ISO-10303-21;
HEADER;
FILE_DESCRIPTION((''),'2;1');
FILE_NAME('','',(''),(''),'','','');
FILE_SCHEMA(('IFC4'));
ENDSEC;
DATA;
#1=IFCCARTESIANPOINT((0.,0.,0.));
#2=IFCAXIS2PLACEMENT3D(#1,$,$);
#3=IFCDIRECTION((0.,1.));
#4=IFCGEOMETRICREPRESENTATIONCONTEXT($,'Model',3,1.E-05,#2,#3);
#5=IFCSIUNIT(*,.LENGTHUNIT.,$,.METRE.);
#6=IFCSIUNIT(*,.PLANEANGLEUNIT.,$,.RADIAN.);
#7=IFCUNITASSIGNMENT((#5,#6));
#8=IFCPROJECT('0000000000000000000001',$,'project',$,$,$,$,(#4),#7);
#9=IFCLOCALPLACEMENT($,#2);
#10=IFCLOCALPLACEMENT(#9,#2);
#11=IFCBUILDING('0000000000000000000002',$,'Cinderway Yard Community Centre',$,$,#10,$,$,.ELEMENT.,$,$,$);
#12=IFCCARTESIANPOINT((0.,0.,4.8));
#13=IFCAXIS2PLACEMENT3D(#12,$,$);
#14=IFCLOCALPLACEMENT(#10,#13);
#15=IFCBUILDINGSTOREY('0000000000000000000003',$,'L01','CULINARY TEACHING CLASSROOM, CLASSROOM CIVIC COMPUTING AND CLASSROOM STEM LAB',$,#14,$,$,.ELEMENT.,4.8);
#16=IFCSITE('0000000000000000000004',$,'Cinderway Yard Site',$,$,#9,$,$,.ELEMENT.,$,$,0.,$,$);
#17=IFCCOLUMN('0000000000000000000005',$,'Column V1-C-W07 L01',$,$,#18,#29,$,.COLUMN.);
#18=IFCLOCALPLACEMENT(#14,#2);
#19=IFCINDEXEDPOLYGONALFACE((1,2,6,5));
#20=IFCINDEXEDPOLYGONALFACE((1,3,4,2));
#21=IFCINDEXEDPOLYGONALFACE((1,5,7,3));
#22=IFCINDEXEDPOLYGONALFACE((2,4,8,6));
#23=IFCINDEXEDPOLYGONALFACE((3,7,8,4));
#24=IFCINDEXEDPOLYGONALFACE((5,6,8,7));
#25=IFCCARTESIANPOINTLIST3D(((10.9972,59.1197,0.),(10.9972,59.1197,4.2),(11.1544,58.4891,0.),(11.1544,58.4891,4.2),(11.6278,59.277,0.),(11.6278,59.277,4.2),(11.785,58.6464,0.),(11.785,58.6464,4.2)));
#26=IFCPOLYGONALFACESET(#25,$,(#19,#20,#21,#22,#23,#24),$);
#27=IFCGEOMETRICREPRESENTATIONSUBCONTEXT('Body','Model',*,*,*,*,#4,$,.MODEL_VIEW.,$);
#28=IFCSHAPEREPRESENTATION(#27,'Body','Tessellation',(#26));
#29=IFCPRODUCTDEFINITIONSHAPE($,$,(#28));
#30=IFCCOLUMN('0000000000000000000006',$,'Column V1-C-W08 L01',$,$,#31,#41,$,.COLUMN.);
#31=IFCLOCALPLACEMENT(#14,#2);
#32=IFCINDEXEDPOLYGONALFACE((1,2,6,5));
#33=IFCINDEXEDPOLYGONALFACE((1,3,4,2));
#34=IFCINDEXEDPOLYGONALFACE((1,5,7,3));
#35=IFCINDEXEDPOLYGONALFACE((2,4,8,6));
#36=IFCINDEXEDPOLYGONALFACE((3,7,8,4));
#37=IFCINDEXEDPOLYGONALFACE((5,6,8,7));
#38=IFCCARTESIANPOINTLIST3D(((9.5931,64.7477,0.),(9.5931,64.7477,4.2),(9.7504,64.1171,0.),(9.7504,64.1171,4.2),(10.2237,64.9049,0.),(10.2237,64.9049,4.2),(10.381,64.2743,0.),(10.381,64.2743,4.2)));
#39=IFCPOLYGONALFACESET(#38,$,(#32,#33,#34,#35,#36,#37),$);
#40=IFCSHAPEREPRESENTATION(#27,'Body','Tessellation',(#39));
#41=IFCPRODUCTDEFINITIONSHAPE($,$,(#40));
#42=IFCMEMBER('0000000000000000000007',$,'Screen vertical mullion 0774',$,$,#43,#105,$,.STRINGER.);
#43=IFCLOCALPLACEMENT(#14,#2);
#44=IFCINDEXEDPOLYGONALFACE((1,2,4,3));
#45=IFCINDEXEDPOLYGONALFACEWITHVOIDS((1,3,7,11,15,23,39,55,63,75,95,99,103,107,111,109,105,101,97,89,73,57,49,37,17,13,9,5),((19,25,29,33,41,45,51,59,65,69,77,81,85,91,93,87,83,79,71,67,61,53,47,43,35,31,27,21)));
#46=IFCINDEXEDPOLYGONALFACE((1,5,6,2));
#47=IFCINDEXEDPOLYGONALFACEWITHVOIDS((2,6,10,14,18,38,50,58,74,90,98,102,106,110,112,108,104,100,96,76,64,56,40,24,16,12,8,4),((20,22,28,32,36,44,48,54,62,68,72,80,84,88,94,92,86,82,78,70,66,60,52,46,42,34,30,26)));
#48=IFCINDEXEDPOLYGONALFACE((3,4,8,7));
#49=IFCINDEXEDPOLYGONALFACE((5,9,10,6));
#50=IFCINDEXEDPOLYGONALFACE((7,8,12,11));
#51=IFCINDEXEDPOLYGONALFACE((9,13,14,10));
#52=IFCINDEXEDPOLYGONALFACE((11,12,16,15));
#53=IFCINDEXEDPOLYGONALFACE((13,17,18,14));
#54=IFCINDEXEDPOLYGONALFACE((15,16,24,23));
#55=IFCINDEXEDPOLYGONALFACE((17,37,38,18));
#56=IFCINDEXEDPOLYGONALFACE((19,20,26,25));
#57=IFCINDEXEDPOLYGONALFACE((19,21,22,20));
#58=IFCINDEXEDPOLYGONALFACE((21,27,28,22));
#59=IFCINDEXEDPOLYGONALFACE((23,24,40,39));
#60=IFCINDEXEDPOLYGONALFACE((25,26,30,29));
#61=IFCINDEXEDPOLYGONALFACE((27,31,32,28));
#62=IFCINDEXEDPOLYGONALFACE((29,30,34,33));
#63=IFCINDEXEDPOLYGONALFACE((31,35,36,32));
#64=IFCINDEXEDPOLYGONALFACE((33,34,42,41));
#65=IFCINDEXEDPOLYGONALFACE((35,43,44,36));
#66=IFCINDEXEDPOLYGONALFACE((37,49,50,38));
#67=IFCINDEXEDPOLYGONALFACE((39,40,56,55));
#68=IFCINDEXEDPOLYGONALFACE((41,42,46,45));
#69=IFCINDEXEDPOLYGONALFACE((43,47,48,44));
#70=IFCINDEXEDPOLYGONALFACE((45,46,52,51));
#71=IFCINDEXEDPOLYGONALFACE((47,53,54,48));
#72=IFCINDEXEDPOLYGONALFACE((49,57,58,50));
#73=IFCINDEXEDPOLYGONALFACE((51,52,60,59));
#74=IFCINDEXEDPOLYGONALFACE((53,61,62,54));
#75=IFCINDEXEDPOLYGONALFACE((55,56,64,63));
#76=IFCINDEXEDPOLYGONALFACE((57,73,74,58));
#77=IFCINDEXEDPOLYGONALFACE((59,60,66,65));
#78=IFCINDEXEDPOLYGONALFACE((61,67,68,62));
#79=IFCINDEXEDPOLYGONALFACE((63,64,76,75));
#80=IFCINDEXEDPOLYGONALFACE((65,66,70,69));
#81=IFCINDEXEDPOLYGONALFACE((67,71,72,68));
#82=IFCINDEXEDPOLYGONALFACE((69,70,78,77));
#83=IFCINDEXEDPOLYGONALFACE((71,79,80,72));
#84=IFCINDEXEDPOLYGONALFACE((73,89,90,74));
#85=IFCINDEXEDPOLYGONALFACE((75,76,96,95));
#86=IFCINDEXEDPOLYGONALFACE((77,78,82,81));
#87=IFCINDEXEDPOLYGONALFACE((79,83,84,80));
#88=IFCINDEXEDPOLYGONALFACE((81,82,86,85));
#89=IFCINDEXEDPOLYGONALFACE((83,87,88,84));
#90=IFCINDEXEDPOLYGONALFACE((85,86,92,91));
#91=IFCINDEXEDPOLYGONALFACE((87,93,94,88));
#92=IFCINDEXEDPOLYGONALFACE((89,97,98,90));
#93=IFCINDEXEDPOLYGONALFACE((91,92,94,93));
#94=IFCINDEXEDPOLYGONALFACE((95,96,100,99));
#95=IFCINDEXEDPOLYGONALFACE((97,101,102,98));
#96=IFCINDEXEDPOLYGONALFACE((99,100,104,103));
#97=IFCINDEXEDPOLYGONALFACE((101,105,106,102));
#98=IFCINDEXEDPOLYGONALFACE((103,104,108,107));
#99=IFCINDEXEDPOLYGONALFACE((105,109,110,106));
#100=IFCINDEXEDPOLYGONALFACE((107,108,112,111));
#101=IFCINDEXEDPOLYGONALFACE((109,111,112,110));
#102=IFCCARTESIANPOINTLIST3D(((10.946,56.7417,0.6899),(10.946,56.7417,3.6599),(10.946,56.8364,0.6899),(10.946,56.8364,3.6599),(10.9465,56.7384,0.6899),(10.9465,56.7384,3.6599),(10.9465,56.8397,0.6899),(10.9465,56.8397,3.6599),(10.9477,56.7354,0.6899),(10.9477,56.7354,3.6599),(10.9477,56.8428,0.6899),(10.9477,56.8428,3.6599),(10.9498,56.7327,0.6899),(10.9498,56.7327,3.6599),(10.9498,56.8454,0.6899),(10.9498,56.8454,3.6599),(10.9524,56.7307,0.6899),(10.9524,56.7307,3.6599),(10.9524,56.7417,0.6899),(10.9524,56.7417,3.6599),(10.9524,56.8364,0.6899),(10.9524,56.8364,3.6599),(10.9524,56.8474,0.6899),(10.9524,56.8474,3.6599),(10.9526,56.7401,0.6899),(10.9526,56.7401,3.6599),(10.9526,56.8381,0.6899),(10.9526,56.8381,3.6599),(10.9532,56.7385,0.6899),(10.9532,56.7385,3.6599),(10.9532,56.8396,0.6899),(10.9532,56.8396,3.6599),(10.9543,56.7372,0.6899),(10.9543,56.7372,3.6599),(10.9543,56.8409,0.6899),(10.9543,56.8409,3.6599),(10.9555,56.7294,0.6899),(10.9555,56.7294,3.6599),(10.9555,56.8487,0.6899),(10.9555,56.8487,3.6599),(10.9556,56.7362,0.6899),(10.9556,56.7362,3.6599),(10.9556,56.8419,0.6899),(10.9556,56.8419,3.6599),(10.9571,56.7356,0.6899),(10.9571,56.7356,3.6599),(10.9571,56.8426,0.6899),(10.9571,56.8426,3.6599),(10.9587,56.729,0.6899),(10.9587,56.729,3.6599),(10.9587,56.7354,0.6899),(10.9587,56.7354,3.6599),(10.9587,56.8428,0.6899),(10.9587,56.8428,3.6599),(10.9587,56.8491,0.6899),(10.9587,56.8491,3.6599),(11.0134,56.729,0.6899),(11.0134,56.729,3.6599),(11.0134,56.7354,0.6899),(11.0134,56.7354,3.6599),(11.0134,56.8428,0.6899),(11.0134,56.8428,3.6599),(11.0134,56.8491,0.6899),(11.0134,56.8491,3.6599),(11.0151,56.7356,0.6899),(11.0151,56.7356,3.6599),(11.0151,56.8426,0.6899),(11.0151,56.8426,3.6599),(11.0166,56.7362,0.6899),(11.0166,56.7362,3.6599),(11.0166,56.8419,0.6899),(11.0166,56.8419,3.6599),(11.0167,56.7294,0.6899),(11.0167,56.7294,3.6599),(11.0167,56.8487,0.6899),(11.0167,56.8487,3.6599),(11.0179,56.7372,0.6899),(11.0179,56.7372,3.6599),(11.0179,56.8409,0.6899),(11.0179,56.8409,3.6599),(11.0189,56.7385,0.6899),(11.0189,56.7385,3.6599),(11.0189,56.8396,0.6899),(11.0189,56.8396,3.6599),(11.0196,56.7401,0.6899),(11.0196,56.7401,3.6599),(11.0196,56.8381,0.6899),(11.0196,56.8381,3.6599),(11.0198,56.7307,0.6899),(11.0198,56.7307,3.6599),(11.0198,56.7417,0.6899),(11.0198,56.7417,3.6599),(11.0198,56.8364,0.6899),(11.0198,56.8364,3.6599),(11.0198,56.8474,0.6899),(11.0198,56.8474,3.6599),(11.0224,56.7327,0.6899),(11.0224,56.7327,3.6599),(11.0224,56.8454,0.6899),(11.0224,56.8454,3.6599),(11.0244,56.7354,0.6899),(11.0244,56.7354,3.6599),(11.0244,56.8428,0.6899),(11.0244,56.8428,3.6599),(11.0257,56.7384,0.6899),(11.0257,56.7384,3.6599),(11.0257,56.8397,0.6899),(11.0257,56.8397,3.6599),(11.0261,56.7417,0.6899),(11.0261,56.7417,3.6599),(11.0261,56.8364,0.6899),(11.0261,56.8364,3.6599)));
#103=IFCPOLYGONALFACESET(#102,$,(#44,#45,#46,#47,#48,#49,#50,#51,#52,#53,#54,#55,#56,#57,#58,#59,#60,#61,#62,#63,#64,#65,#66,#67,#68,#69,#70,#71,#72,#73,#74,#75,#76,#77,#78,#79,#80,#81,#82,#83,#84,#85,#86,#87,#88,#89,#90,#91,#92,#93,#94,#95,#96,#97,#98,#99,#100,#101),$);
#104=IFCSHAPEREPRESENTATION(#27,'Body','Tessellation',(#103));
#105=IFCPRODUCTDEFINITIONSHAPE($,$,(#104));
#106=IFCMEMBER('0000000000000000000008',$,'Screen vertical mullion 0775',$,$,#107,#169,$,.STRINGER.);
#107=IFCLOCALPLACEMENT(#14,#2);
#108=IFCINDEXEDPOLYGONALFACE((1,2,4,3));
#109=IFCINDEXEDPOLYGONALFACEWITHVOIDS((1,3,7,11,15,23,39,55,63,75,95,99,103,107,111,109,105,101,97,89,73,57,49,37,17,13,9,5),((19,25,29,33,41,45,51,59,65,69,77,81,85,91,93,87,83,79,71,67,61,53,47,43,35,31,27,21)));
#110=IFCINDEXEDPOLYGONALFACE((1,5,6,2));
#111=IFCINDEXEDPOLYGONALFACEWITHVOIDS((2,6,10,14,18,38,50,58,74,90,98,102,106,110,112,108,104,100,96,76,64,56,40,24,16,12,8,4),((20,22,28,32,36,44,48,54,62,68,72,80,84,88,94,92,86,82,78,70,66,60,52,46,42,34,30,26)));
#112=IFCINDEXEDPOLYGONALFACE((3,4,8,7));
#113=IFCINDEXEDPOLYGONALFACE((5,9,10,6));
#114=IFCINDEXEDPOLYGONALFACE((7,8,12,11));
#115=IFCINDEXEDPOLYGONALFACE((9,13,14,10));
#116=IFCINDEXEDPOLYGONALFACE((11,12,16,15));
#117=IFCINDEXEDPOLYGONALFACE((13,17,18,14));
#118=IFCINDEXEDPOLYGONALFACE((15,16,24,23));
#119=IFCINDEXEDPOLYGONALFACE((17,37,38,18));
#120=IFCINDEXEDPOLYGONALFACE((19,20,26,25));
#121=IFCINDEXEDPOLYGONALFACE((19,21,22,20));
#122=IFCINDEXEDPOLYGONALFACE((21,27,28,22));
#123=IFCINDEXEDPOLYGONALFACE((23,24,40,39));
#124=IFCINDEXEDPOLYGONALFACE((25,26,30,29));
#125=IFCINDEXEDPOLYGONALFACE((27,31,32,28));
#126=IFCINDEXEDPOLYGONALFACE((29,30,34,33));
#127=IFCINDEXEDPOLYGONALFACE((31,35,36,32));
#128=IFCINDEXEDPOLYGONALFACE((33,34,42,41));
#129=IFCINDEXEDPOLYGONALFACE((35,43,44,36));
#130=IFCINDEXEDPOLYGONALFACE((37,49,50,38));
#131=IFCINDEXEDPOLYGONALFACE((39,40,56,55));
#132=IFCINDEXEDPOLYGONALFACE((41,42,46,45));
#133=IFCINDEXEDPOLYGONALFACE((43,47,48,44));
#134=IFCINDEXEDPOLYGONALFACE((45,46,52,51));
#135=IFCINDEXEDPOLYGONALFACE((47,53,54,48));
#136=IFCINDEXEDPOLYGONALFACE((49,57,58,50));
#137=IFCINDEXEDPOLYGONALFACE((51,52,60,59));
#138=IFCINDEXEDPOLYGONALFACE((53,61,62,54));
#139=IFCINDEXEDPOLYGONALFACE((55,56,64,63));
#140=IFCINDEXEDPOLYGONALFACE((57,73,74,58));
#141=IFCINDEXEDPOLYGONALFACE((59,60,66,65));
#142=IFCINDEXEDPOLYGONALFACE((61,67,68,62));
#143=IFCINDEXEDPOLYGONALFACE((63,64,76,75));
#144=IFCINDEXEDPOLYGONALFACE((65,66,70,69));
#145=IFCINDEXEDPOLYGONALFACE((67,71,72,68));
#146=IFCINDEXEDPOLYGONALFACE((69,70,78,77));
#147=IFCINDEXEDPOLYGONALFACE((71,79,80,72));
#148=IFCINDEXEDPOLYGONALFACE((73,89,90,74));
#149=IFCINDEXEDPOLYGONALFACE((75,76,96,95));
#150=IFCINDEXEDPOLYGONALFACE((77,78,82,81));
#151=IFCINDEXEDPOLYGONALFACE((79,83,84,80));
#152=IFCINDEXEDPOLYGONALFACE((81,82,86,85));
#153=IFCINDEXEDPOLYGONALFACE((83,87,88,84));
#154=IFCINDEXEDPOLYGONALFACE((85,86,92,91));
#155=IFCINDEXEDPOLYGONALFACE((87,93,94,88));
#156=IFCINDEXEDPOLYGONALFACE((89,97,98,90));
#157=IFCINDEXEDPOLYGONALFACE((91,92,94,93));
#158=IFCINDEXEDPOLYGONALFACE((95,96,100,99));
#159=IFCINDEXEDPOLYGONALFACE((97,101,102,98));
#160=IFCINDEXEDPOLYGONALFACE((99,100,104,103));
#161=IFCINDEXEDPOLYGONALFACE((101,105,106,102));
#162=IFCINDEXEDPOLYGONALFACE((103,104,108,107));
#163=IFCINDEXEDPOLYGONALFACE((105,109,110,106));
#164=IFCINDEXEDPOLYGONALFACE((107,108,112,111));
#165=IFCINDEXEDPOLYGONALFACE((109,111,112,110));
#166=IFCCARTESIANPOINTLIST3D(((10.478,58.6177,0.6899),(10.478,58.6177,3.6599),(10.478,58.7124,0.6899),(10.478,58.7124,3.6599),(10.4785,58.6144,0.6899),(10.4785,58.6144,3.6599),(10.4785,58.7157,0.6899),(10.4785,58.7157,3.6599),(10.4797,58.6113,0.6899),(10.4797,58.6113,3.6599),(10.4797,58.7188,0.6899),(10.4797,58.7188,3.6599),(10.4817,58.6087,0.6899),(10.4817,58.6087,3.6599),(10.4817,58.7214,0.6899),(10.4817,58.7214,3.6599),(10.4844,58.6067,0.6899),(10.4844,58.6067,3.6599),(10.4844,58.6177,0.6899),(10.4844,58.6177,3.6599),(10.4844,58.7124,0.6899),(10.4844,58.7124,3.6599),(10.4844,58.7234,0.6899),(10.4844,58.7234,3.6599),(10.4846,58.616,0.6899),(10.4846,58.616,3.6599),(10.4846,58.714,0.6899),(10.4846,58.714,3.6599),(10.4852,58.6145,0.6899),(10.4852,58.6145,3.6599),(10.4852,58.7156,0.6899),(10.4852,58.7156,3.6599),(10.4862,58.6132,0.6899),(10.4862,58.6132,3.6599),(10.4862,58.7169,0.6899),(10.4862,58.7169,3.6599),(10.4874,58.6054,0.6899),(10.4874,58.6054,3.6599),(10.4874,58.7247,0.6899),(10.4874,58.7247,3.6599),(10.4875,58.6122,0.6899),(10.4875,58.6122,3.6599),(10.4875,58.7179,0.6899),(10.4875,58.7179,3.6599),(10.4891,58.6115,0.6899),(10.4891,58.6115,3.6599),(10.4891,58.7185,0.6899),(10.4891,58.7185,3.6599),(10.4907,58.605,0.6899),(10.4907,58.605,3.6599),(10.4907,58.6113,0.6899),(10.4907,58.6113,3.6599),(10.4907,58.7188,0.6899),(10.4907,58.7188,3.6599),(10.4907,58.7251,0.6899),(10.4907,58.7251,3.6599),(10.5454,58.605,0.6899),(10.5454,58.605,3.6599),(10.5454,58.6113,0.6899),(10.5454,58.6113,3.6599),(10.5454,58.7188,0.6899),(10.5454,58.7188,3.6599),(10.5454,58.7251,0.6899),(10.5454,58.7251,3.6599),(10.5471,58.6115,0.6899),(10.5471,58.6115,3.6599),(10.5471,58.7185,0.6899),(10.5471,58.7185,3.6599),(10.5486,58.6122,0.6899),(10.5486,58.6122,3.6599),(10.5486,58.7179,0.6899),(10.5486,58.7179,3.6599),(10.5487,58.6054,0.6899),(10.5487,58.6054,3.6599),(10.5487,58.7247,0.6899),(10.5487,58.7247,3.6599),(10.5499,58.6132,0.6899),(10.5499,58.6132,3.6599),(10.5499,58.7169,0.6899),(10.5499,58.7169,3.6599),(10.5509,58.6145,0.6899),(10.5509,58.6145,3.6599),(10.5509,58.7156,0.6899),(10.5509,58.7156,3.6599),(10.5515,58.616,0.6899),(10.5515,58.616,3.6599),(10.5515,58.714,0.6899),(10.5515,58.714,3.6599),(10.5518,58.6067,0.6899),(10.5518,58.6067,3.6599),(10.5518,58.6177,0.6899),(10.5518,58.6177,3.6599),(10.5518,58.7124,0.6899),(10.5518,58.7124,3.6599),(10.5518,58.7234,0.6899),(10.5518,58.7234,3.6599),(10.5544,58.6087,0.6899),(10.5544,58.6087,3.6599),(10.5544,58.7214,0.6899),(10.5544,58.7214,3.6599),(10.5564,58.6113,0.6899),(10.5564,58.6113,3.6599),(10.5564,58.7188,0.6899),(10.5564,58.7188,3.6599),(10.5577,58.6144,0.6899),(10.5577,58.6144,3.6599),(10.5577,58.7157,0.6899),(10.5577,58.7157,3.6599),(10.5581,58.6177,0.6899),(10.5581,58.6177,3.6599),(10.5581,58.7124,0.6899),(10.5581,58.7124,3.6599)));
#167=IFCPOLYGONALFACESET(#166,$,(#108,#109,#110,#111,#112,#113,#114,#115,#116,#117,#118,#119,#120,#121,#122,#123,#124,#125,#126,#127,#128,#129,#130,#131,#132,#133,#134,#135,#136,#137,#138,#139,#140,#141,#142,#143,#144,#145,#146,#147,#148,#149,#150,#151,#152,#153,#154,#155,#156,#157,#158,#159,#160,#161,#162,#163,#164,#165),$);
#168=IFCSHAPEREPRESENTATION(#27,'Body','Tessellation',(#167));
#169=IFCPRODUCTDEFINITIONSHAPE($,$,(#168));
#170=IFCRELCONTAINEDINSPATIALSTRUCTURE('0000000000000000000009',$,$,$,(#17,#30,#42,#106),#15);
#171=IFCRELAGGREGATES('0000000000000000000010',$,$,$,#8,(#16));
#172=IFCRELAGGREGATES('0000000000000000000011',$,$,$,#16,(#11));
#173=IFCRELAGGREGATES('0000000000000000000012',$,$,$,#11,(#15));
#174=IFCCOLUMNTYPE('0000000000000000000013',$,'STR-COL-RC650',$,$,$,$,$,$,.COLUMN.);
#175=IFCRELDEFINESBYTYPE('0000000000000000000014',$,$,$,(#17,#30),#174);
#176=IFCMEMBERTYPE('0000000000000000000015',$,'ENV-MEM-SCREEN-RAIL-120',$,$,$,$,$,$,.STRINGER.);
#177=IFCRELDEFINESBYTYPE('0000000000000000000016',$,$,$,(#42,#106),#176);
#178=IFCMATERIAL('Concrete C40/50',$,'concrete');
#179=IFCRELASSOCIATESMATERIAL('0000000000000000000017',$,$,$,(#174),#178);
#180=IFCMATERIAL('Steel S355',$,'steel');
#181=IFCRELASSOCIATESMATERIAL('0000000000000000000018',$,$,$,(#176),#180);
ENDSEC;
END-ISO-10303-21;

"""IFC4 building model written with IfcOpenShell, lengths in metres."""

from ifc_helpers import new_model, si_unit, direction, frame, origin, origin_2d, place, context, subcontext, project, spatial, rectangle, hollow_rectangle, extrude, material, material_profile, profile_set, type_object, element, save


model = new_model("IFC4")

# Units and contexts
model_context = context("Model", 3, precision=1e-05, world=origin(), true_north=direction((0.0, 1.0)))
body_context = subcontext(model_context, "Body", "Model", "MODEL_VIEW")
ifc_project = project(units=[si_unit("LENGTHUNIT", "METRE"), si_unit("PLANEANGLEUNIT", "RADIAN")], contexts=[model_context])

# Site, building, storey
site_placement = place(None, origin())
site = spatial("IfcSite", under=ifc_project, at=site_placement, Name="Cinderway Yard Site", CompositionType="ELEMENT", RefElevation=0.0)
building_placement = place(site_placement, origin())
building = spatial("IfcBuilding", under=site, at=building_placement, Name="Cinderway Yard Community Centre", CompositionType="ELEMENT")
storey_placement = place(building_placement, frame((0.0, 0.0, 4.8)))
storey = spatial("IfcBuildingStorey", under=building, at=storey_placement, Name="L01", Description="CULINARY TEACHING CLASSROOM, CLASSROOM CIVIC COMPUTING AND CLASSROOM STEM LAB", CompositionType="ELEMENT", Elevation=4.8)

# Columns
ifc_material_1 = material(Name="Concrete C40/50", Category="concrete")
ifc_material_profile_1 = material_profile(ifc_material_1, rectangle(XDim=0.6499, YDim=0.6499, at=origin_2d()), Name="Concrete C40/50")
ifc_profile_set_1 = profile_set([ifc_material_profile_1], Name="Concrete C40/50")
column_type = type_object("IfcColumnType", Name="STR-COL-RC650", PredefinedType="COLUMN", material=ifc_profile_set_1)
for number, where, z_axis, x_axis, name in (
    (1, (11.3911, 58.8831, 0.0), (0.0, 0.0, 1.0), (0.970296, 0.241922, 0.0), "Column V1-C-W07 L01"),
    (2, (9.9871, 64.511, 0.0), (0.0, 0.0, 1.0), (0.970296, 0.241922, 0.0), "Column V1-C-W08 L01"),
):
    element("IfcColumn", number, at=place(storey_placement, frame(where, z_axis=z_axis, x_axis=x_axis)), inside=storey, type_object=column_type, Name=name, PredefinedType="COLUMN", context=body_context, shape_type="SweptSolid", body=[
        extrude(rectangle(XDim=0.6499, YDim=0.6499, at=origin_2d()), origin(), (0.0, 0.0, 1.0), 4.2),
    ])

# Members
ifc_material_2 = material(Name="Steel S355", Category="steel")
ifc_material_profile_2 = material_profile(ifc_material_2, hollow_rectangle(XDim=0.0801, YDim=0.1201, WallThickness=0.0063, InnerFilletRadius=0.0063, OuterFilletRadius=0.0127, at=origin_2d()), Name="Steel S355")
ifc_profile_set_2 = profile_set([ifc_material_profile_2], Name="Steel S355")
member_type_1 = type_object("IfcMemberType", Name="ENV-MEM-SCREEN-RAIL-120", PredefinedType="STRINGER", material=ifc_profile_set_2)
for number, where, z_axis, x_axis, name in (
    (3, (10.9861, 56.7891, 0.6899), (0.0, 0.0, 1.0), (1.0, 0.0, 0.0), "Screen vertical mullion 0774"),
    (4, (10.5181, 58.665, 0.6899), (0.0, 0.0, 1.0), (1.0, 0.0, 0.0), "Screen vertical mullion 0775"),
):
    element("IfcMember", number, at=place(storey_placement, frame(where, z_axis=z_axis, x_axis=x_axis)), inside=storey, type_object=member_type_1, Name=name, PredefinedType="STRINGER", context=body_context, shape_type="SweptSolid", body=[
        extrude(hollow_rectangle(XDim=0.0801, YDim=0.1201, WallThickness=0.0063, InnerFilletRadius=0.0063, OuterFilletRadius=0.0127, at=origin_2d()), origin(), (0.0, 0.0, 1.0), 2.97),
    ])

save(model, "model.ifc")
